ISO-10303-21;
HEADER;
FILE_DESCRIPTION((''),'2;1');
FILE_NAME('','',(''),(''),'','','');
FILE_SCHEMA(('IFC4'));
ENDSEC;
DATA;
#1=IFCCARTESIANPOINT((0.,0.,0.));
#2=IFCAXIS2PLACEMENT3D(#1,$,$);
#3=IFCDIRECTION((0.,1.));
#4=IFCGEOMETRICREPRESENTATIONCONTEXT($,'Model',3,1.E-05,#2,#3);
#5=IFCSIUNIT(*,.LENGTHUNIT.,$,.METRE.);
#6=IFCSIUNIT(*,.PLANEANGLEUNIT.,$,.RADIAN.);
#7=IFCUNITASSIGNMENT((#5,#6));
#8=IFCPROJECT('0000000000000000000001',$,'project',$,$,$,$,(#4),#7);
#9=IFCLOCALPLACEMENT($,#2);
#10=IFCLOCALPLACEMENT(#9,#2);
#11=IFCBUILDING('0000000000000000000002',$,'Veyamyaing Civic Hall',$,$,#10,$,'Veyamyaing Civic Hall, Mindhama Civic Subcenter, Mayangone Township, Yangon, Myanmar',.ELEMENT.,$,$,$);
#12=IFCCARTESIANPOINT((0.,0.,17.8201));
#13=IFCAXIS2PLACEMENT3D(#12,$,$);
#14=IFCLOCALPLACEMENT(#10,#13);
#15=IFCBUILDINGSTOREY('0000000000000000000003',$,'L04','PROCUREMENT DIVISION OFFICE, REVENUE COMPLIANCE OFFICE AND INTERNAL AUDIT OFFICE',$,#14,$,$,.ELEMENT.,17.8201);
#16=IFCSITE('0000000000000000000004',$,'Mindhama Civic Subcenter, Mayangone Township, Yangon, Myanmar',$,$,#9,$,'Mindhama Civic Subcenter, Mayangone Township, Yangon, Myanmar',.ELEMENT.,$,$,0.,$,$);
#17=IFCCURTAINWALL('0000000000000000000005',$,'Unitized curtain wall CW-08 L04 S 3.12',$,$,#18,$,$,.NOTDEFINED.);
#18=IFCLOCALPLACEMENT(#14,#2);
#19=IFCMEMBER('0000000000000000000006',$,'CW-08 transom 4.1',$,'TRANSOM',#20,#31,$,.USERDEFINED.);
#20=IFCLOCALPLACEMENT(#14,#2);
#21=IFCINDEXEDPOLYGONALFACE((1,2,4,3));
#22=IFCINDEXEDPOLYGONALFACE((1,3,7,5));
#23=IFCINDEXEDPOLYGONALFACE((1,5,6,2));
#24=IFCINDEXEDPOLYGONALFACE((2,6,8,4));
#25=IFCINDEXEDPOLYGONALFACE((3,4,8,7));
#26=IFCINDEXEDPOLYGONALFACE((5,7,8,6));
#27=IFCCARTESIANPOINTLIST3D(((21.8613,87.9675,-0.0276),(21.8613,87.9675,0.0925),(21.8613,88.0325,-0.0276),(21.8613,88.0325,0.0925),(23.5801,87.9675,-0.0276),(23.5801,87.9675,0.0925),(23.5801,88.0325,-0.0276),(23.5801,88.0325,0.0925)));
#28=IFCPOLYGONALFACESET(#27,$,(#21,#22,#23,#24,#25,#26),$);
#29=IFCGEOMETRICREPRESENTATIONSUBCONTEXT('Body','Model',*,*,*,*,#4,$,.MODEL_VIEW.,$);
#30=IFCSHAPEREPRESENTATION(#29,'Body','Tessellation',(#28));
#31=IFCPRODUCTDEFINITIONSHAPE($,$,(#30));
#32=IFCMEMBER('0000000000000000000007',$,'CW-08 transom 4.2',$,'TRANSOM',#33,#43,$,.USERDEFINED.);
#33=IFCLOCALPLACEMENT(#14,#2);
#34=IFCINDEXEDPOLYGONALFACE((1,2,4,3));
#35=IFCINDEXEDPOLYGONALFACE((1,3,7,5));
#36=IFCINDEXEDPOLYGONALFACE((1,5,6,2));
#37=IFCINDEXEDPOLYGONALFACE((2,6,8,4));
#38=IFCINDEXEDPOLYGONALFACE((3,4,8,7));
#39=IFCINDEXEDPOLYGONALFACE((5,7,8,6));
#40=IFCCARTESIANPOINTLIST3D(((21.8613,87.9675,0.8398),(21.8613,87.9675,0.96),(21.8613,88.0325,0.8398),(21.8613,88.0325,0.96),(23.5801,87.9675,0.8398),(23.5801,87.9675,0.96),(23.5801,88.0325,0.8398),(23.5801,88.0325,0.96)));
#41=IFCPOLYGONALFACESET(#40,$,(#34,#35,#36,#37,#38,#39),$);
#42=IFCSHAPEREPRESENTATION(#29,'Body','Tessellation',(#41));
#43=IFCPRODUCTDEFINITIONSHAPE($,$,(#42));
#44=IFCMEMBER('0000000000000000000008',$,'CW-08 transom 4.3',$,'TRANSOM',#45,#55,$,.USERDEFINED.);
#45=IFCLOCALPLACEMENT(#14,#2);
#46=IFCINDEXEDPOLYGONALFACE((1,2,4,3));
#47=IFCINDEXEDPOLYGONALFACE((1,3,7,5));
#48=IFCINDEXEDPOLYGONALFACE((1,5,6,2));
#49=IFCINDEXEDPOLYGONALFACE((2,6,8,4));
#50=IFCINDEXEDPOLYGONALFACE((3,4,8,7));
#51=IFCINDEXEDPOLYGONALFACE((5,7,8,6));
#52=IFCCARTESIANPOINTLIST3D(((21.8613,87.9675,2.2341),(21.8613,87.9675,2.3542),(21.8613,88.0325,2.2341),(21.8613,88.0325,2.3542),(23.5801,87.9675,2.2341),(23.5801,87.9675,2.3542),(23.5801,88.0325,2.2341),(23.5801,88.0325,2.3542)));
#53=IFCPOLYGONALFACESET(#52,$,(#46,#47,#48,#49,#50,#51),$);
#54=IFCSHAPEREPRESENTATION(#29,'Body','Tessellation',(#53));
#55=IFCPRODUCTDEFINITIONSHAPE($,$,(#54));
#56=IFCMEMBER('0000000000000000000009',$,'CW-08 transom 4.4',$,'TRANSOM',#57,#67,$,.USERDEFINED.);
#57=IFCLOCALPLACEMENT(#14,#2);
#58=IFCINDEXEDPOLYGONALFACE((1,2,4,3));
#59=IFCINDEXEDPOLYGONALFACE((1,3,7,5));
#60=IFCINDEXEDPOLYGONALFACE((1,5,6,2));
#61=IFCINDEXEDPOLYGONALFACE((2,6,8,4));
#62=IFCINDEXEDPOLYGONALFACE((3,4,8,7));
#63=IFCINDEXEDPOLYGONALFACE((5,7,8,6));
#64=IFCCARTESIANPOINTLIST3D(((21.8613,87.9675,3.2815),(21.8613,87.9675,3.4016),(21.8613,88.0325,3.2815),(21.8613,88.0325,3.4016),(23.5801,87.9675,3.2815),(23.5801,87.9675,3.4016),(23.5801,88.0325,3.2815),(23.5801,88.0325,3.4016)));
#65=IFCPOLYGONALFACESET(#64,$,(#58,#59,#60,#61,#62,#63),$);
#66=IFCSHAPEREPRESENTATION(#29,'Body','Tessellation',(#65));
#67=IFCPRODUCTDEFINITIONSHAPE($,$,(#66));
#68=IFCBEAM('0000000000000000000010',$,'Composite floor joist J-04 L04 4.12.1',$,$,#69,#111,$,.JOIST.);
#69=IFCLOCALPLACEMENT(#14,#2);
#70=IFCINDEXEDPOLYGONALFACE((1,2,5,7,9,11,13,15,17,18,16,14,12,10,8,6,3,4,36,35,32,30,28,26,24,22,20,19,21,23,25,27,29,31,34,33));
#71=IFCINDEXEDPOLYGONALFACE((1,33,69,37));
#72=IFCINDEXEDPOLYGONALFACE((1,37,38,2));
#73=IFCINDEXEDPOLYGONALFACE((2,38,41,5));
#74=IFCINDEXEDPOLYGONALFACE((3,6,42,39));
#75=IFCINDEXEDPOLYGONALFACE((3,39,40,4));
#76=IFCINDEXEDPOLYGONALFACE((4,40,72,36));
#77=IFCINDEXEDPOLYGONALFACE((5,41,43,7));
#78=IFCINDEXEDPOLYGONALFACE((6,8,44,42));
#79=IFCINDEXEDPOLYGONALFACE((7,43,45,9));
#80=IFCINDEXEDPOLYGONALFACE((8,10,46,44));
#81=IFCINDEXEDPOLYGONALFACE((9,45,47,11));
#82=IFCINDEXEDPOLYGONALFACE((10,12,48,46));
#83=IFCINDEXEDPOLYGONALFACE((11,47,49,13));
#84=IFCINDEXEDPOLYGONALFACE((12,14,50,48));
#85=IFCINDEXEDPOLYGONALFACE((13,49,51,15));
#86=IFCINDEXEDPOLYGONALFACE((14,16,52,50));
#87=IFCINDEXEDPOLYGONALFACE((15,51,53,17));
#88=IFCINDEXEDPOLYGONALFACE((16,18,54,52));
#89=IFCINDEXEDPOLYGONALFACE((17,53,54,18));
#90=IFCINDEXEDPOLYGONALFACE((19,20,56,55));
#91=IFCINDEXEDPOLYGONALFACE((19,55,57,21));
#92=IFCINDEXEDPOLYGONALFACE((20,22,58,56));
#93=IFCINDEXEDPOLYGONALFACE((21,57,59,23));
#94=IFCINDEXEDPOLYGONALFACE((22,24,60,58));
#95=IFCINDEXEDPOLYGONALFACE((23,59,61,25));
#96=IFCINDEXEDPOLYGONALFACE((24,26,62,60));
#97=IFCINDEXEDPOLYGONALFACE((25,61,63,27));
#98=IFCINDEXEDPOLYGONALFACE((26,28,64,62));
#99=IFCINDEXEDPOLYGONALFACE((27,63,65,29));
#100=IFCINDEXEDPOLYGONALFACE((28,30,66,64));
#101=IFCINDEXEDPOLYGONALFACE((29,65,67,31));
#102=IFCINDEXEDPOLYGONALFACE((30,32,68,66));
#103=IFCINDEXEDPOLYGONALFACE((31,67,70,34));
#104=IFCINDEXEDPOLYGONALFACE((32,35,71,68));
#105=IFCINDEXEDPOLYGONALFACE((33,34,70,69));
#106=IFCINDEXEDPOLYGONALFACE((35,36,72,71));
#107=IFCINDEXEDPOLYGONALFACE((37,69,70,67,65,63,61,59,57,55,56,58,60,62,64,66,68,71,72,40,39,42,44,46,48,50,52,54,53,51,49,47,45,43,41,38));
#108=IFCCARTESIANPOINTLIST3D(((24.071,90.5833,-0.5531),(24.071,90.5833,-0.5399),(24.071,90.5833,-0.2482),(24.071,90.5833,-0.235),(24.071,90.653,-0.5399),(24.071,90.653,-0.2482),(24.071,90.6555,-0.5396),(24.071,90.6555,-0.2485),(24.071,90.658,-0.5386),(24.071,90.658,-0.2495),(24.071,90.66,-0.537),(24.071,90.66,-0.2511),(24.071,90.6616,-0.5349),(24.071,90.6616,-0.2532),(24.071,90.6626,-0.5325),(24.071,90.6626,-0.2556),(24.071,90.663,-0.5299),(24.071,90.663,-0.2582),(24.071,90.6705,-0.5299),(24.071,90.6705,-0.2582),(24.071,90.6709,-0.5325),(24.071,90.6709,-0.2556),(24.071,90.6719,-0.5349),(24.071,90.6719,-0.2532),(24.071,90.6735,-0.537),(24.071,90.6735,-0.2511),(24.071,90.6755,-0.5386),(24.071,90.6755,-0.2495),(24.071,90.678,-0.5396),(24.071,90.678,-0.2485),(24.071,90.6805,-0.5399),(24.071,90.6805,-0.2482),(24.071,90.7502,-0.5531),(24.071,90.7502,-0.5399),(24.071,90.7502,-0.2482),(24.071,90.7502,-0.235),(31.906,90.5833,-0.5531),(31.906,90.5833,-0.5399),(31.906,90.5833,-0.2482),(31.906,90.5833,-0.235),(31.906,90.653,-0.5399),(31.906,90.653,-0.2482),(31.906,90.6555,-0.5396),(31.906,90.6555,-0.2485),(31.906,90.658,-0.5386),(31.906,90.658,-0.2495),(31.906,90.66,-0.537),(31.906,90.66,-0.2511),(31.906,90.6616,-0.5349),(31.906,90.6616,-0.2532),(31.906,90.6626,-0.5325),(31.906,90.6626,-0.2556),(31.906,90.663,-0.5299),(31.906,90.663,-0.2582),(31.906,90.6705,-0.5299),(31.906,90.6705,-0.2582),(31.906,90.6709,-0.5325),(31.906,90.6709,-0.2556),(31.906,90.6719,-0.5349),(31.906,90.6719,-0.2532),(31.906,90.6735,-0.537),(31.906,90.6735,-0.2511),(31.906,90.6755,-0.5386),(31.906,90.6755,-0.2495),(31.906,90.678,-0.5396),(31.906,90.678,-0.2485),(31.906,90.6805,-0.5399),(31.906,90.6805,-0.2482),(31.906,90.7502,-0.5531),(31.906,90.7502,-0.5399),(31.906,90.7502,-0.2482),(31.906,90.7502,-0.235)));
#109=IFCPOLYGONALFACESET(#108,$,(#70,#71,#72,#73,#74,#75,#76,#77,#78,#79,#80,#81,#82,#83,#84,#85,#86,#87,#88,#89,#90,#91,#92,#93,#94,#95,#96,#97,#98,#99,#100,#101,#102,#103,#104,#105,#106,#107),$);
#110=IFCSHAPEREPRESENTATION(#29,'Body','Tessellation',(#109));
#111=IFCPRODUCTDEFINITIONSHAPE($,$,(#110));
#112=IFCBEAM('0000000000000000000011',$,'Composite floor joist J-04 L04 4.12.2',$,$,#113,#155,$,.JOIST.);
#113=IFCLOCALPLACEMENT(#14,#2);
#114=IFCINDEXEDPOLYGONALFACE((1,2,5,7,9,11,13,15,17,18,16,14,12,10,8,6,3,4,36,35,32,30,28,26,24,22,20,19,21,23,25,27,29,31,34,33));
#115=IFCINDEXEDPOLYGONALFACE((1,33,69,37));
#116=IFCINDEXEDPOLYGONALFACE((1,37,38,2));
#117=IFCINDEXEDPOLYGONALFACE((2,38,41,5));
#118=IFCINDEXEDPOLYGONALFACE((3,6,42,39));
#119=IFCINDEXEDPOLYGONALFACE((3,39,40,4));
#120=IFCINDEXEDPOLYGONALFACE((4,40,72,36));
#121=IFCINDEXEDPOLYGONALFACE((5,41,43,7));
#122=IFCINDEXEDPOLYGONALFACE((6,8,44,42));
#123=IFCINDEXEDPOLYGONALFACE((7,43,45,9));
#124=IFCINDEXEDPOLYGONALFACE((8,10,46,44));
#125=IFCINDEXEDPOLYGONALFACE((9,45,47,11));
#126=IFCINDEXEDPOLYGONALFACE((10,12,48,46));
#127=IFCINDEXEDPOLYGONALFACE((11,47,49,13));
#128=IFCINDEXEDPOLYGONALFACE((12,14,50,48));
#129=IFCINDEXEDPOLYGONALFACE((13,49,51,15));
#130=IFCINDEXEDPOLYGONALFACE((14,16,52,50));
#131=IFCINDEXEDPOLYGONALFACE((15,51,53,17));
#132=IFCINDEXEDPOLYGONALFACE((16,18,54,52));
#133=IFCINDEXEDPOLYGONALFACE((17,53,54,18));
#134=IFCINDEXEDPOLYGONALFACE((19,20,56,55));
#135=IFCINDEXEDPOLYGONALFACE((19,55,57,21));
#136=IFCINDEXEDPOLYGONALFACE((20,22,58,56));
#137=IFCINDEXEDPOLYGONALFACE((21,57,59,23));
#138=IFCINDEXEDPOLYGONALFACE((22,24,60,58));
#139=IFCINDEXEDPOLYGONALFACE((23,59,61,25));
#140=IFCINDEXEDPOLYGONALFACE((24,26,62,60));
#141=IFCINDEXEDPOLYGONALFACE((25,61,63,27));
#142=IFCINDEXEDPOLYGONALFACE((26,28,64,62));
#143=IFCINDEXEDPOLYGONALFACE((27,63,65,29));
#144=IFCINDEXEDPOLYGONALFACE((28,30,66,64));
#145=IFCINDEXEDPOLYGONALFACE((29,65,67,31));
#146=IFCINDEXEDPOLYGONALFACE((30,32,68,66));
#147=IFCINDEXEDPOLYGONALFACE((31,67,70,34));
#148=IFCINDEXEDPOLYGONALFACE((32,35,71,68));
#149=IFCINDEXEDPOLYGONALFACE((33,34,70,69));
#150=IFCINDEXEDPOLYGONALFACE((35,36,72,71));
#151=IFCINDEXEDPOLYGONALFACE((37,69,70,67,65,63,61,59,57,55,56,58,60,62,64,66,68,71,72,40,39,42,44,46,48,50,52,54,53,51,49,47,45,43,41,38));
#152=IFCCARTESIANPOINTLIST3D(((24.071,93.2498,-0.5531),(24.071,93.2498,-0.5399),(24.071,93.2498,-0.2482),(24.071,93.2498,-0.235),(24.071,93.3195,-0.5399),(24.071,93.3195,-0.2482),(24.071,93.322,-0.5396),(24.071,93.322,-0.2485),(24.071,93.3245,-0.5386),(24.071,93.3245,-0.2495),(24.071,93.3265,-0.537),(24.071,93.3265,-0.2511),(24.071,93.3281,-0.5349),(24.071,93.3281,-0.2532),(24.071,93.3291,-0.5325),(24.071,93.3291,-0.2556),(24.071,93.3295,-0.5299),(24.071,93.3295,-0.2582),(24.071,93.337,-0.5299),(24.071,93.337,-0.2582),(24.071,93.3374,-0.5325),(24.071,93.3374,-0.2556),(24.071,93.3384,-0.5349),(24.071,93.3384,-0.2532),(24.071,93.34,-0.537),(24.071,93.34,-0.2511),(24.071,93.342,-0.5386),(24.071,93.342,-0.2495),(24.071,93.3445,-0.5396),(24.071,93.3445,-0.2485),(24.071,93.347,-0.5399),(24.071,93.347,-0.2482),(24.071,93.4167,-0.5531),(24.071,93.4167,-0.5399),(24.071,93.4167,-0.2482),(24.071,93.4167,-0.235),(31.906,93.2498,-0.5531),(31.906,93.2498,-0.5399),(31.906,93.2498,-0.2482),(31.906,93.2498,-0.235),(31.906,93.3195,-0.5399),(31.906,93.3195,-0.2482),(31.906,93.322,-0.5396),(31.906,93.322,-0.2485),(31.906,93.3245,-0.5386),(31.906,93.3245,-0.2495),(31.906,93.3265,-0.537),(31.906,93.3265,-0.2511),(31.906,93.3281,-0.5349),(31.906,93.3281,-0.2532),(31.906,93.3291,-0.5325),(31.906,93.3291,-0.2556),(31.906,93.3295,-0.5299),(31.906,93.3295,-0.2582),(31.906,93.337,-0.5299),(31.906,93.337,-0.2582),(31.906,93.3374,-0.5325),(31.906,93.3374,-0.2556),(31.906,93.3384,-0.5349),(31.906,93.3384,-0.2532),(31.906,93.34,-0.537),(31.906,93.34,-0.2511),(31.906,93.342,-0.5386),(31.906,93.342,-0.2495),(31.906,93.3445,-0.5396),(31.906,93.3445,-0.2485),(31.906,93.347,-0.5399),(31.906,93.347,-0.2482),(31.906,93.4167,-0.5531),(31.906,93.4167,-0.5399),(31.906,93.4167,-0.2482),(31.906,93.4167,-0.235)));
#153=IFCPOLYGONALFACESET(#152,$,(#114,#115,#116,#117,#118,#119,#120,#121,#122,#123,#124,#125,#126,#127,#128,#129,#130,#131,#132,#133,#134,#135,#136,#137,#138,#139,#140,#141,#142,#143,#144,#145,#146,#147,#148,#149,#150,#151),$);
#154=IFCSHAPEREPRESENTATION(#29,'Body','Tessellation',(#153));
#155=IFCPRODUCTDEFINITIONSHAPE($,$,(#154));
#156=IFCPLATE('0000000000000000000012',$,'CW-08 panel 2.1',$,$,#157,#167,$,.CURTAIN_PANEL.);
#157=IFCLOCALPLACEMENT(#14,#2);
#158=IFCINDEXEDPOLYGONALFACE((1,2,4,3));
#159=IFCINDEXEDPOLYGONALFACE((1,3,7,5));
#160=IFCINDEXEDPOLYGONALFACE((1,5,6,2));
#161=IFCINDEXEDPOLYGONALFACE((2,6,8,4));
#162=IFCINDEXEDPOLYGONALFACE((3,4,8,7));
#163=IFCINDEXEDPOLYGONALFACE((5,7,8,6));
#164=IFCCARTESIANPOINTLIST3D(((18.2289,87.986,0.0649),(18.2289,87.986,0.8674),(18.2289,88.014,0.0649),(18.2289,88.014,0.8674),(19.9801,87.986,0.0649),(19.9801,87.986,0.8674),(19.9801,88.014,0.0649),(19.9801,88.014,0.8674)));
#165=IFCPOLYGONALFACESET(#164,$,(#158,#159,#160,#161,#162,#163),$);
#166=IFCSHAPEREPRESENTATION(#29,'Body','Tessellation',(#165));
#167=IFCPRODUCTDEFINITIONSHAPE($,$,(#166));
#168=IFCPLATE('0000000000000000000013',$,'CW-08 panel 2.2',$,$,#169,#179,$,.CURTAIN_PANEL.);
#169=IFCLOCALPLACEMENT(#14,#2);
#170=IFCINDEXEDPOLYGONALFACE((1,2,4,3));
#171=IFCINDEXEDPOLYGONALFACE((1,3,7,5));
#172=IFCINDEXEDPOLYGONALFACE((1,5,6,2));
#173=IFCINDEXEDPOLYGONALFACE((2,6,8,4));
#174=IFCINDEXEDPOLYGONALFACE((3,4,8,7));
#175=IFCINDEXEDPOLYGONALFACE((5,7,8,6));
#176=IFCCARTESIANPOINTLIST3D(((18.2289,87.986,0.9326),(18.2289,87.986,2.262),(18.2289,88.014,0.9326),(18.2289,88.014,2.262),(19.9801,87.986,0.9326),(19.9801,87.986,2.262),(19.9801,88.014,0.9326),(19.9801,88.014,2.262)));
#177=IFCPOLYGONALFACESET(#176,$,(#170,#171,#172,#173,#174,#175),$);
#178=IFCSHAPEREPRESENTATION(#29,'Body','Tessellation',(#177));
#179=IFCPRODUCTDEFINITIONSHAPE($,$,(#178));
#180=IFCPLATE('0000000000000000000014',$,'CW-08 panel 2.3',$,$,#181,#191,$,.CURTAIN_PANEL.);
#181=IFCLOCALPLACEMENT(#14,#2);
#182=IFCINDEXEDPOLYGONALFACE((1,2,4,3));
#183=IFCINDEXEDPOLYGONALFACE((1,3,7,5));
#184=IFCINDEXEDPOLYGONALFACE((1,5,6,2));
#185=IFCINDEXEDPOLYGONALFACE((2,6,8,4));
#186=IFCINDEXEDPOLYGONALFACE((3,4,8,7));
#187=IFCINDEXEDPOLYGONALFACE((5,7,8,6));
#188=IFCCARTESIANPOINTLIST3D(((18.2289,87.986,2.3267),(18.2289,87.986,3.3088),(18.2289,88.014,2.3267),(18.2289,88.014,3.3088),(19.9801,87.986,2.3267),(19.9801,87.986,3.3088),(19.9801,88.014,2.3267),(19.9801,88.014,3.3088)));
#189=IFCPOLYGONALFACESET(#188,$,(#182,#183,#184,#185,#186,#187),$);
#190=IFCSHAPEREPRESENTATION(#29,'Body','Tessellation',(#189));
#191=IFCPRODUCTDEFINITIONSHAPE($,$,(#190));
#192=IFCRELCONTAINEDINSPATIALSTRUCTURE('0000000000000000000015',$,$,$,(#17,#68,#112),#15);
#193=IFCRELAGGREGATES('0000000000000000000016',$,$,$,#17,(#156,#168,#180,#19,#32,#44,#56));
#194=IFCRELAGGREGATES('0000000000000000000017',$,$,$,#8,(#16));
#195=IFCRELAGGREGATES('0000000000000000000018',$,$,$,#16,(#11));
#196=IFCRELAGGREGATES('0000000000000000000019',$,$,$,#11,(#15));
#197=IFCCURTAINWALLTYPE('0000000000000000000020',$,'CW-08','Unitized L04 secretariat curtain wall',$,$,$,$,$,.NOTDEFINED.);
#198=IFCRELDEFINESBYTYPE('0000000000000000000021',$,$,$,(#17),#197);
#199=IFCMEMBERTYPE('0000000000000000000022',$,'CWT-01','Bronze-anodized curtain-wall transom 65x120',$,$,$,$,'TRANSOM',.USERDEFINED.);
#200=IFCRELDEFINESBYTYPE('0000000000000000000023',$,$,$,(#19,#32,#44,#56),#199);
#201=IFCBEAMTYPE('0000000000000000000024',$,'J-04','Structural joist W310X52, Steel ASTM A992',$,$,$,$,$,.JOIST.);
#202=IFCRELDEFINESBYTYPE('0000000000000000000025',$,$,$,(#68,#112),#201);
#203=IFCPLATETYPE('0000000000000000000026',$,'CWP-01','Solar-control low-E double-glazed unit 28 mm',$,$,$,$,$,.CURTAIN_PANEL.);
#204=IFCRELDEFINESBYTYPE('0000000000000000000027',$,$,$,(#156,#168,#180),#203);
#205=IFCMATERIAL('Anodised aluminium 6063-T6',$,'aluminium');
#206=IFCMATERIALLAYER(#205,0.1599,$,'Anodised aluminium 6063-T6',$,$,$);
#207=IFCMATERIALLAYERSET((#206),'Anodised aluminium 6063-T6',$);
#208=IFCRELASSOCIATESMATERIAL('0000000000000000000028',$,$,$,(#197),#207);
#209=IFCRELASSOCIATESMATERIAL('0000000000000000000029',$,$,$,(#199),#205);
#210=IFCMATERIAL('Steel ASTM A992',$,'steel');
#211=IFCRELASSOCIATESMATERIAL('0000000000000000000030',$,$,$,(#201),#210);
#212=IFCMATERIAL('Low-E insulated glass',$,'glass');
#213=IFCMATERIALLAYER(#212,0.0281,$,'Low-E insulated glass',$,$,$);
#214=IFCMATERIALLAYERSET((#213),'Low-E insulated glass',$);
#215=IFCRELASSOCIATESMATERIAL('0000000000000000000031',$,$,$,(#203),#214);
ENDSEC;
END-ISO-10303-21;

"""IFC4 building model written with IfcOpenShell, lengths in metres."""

from ifc_helpers import new_model, si_unit, direction, frame, origin, origin_2d, place, context, subcontext, project, spatial, rectangle, i_section, extrude, material, layer, layer_set, material_profile, profile_set, type_object, element, aggregate, save


model = new_model("IFC4")

# Units and contexts
model_context = context("Model", 3, precision=1e-05, world=origin(), true_north=direction((0.0, 1.0)))
body_context = subcontext(model_context, "Body", "Model", "MODEL_VIEW")
ifc_project = project(units=[si_unit("LENGTHUNIT", "METRE"), si_unit("PLANEANGLEUNIT", "RADIAN")], contexts=[model_context])

# Site, building, storey
site_placement = place(None, origin())
site = spatial("IfcSite", under=ifc_project, at=site_placement, Name="Mindhama Civic Subcenter, Mayangone Township, Yangon, Myanmar", LongName="Mindhama Civic Subcenter, Mayangone Township, Yangon, Myanmar", CompositionType="ELEMENT", RefElevation=0.0)
building_placement = place(site_placement, origin())
building = spatial("IfcBuilding", under=site, at=building_placement, Name="Veyamyaing Civic Hall", LongName="Veyamyaing Civic Hall, Mindhama Civic Subcenter, Mayangone Township, Yangon, Myanmar", CompositionType="ELEMENT")
storey_placement = place(building_placement, frame((0.0, 0.0, 17.8201)))
storey = spatial("IfcBuildingStorey", under=building, at=storey_placement, Name="L04", Description="PROCUREMENT DIVISION OFFICE, REVENUE COMPLIANCE OFFICE AND INTERNAL AUDIT OFFICE", CompositionType="ELEMENT", Elevation=17.8201)

# Shared definitions
ifc_material_1 = material(Name="Steel ASTM A992", Category="steel")

# Curtain wall, members
ifc_material_2 = material(Name="Anodised aluminium 6063-T6", Category="aluminium")
ifc_layer_1 = layer(ifc_material_2, 0.1599, Name="Anodised aluminium 6063-T6")
ifc_layer_set_1 = layer_set([ifc_layer_1], Name="Anodised aluminium 6063-T6")
curtain_wall_type = type_object("IfcCurtainWallType", Name="CW-08", Description="Unitized L04 secretariat curtain wall", PredefinedType="NOTDEFINED", material=ifc_layer_set_1)
curtain_wall_placement = place(storey_placement, origin())
curtain_wall = element("IfcCurtainWall", 1, at=curtain_wall_placement, inside=storey, type_object=curtain_wall_type, Name="Unitized curtain wall CW-08 L04 S 3.12", PredefinedType="NOTDEFINED")
ifc_material_profile_1 = material_profile(ifc_material_2, rectangle(XDim=0.0649, YDim=0.1201, at=origin_2d()), Name="ALU-TRN-65X120")
ifc_profile_set_1 = profile_set([ifc_material_profile_1], Name="Anodised aluminium 6063-T6")
member_type_1 = type_object("IfcMemberType", Name="CWT-01", Description="Bronze-anodized curtain-wall transom 65x120", ElementType="TRANSOM", PredefinedType="USERDEFINED", material=ifc_profile_set_1)
member_1_placement = place(storey_placement, frame((21.8613, 88.0, 0.0325), z_axis=(1.0, 0.0, 0.0), x_axis=(0.0, 1.0, 0.0)))
member_1 = element("IfcMember", 2, at=member_1_placement, type_object=member_type_1, Name="CW-08 transom 4.1", ObjectType="TRANSOM", PredefinedType="USERDEFINED", context=body_context, shape_type="SweptSolid", body=[
    extrude(rectangle(XDim=0.0649, YDim=0.1201, at=origin_2d()), origin(), (0.0, 0.0, 1.0), 1.7188),
])
member_2_placement = place(storey_placement, frame((21.8613, 88.0, 0.8999), z_axis=(1.0, 0.0, 0.0), x_axis=(0.0, 1.0, 0.0)))
member_2 = element("IfcMember", 3, at=member_2_placement, type_object=member_type_1, Name="CW-08 transom 4.2", ObjectType="TRANSOM", PredefinedType="USERDEFINED", context=body_context, shape_type="SweptSolid", body=[
    extrude(rectangle(XDim=0.0649, YDim=0.1201, at=origin_2d()), origin(), (0.0, 0.0, 1.0), 1.7188),
])
member_3_placement = place(storey_placement, frame((21.8613, 88.0, 2.2942), z_axis=(1.0, 0.0, 0.0), x_axis=(0.0, 1.0, 0.0)))
member_3 = element("IfcMember", 4, at=member_3_placement, type_object=member_type_1, Name="CW-08 transom 4.3", ObjectType="TRANSOM", PredefinedType="USERDEFINED", context=body_context, shape_type="SweptSolid", body=[
    extrude(rectangle(XDim=0.0649, YDim=0.1201, at=origin_2d()), origin(), (0.0, 0.0, 1.0), 1.7188),
])
member_4_placement = place(storey_placement, frame((21.8613, 88.0, 3.3416), z_axis=(1.0, 0.0, 0.0), x_axis=(0.0, 1.0, 0.0)))
member_4 = element("IfcMember", 5, at=member_4_placement, type_object=member_type_1, Name="CW-08 transom 4.4", ObjectType="TRANSOM", PredefinedType="USERDEFINED", context=body_context, shape_type="SweptSolid", body=[
    extrude(rectangle(XDim=0.0649, YDim=0.1201, at=origin_2d()), origin(), (0.0, 0.0, 1.0), 1.7188),
])

# Beams
ifc_material_profile_2 = material_profile(ifc_material_1, i_section(OverallWidth=0.167, OverallDepth=0.3181, WebThickness=0.0076, FlangeThickness=0.0132, FilletRadius=0.01, at=origin_2d()), Name="W310X52")
ifc_profile_set_2 = profile_set([ifc_material_profile_2], Name="Steel ASTM A992")
beam_type_1 = type_object("IfcBeamType", Name="J-04", Description="Structural joist W310X52, Steel ASTM A992", PredefinedType="JOIST", material=ifc_profile_set_2)
for number, where, z_axis, x_axis, name in (
    (6, (24.071, 90.6667, -0.394), (1.0, 0.0, 0.0), (0.0, 1.0, 0.0), "Composite floor joist J-04 L04 4.12.1"),
    (7, (24.071, 93.3333, -0.394), (1.0, 0.0, 0.0), (0.0, 1.0, 0.0), "Composite floor joist J-04 L04 4.12.2"),
):
    element("IfcBeam", number, at=place(storey_placement, frame(where, z_axis=z_axis, x_axis=x_axis)), inside=storey, type_object=beam_type_1, Name=name, PredefinedType="JOIST", context=body_context, shape_type="SweptSolid", body=[
        extrude(i_section(OverallWidth=0.167, OverallDepth=0.3181, WebThickness=0.0076, FlangeThickness=0.0132, FilletRadius=0.01, at=origin_2d()), origin(), (0.0, 0.0, 1.0), 7.835),
    ])

# Plates
ifc_material_3 = material(Name="Low-E insulated glass", Category="glass")
ifc_layer_2 = layer(ifc_material_3, 0.0281, Name="Low-E insulated glass")
ifc_layer_set_2 = layer_set([ifc_layer_2], Name="Low-E insulated glass")
plate_type = type_object("IfcPlateType", Name="CWP-01", Description="Solar-control low-E double-glazed unit 28 mm", PredefinedType="CURTAIN_PANEL", material=ifc_layer_set_2)
plate_1_placement = place(storey_placement, frame((19.1045, 88.0, 0.0649), z_axis=(0.0, 0.0, 1.0), x_axis=(1.0, 0.0, 0.0)))
plate_1 = element("IfcPlate", 8, at=plate_1_placement, type_object=plate_type, Name="CW-08 panel 2.1", PredefinedType="CURTAIN_PANEL", context=body_context, shape_type="SweptSolid", body=[
    extrude(rectangle(XDim=1.7512, YDim=0.0281, at=origin_2d()), origin(), (0.0, 0.0, 1.0), 0.8025),
])
plate_2_placement = place(storey_placement, frame((19.1045, 88.0, 0.9326), z_axis=(0.0, 0.0, 1.0), x_axis=(1.0, 0.0, 0.0)))
plate_2 = element("IfcPlate", 9, at=plate_2_placement, type_object=plate_type, Name="CW-08 panel 2.2", PredefinedType="CURTAIN_PANEL", context=body_context, shape_type="SweptSolid", body=[
    extrude(rectangle(XDim=1.7512, YDim=0.0281, at=origin_2d()), origin(), (0.0, 0.0, 1.0), 1.3293),
])
plate_3_placement = place(storey_placement, frame((19.1045, 88.0, 2.3267), z_axis=(0.0, 0.0, 1.0), x_axis=(1.0, 0.0, 0.0)))
plate_3 = element("IfcPlate", 10, at=plate_3_placement, type_object=plate_type, Name="CW-08 panel 2.3", PredefinedType="CURTAIN_PANEL", context=body_context, shape_type="SweptSolid", body=[
    extrude(rectangle(XDim=1.7512, YDim=0.0281, at=origin_2d()), origin(), (0.0, 0.0, 1.0), 0.9822),
])
aggregate(curtain_wall, [plate_1, plate_2, plate_3, member_1, member_2, member_3, member_4])

save(model, "model.ifc")
